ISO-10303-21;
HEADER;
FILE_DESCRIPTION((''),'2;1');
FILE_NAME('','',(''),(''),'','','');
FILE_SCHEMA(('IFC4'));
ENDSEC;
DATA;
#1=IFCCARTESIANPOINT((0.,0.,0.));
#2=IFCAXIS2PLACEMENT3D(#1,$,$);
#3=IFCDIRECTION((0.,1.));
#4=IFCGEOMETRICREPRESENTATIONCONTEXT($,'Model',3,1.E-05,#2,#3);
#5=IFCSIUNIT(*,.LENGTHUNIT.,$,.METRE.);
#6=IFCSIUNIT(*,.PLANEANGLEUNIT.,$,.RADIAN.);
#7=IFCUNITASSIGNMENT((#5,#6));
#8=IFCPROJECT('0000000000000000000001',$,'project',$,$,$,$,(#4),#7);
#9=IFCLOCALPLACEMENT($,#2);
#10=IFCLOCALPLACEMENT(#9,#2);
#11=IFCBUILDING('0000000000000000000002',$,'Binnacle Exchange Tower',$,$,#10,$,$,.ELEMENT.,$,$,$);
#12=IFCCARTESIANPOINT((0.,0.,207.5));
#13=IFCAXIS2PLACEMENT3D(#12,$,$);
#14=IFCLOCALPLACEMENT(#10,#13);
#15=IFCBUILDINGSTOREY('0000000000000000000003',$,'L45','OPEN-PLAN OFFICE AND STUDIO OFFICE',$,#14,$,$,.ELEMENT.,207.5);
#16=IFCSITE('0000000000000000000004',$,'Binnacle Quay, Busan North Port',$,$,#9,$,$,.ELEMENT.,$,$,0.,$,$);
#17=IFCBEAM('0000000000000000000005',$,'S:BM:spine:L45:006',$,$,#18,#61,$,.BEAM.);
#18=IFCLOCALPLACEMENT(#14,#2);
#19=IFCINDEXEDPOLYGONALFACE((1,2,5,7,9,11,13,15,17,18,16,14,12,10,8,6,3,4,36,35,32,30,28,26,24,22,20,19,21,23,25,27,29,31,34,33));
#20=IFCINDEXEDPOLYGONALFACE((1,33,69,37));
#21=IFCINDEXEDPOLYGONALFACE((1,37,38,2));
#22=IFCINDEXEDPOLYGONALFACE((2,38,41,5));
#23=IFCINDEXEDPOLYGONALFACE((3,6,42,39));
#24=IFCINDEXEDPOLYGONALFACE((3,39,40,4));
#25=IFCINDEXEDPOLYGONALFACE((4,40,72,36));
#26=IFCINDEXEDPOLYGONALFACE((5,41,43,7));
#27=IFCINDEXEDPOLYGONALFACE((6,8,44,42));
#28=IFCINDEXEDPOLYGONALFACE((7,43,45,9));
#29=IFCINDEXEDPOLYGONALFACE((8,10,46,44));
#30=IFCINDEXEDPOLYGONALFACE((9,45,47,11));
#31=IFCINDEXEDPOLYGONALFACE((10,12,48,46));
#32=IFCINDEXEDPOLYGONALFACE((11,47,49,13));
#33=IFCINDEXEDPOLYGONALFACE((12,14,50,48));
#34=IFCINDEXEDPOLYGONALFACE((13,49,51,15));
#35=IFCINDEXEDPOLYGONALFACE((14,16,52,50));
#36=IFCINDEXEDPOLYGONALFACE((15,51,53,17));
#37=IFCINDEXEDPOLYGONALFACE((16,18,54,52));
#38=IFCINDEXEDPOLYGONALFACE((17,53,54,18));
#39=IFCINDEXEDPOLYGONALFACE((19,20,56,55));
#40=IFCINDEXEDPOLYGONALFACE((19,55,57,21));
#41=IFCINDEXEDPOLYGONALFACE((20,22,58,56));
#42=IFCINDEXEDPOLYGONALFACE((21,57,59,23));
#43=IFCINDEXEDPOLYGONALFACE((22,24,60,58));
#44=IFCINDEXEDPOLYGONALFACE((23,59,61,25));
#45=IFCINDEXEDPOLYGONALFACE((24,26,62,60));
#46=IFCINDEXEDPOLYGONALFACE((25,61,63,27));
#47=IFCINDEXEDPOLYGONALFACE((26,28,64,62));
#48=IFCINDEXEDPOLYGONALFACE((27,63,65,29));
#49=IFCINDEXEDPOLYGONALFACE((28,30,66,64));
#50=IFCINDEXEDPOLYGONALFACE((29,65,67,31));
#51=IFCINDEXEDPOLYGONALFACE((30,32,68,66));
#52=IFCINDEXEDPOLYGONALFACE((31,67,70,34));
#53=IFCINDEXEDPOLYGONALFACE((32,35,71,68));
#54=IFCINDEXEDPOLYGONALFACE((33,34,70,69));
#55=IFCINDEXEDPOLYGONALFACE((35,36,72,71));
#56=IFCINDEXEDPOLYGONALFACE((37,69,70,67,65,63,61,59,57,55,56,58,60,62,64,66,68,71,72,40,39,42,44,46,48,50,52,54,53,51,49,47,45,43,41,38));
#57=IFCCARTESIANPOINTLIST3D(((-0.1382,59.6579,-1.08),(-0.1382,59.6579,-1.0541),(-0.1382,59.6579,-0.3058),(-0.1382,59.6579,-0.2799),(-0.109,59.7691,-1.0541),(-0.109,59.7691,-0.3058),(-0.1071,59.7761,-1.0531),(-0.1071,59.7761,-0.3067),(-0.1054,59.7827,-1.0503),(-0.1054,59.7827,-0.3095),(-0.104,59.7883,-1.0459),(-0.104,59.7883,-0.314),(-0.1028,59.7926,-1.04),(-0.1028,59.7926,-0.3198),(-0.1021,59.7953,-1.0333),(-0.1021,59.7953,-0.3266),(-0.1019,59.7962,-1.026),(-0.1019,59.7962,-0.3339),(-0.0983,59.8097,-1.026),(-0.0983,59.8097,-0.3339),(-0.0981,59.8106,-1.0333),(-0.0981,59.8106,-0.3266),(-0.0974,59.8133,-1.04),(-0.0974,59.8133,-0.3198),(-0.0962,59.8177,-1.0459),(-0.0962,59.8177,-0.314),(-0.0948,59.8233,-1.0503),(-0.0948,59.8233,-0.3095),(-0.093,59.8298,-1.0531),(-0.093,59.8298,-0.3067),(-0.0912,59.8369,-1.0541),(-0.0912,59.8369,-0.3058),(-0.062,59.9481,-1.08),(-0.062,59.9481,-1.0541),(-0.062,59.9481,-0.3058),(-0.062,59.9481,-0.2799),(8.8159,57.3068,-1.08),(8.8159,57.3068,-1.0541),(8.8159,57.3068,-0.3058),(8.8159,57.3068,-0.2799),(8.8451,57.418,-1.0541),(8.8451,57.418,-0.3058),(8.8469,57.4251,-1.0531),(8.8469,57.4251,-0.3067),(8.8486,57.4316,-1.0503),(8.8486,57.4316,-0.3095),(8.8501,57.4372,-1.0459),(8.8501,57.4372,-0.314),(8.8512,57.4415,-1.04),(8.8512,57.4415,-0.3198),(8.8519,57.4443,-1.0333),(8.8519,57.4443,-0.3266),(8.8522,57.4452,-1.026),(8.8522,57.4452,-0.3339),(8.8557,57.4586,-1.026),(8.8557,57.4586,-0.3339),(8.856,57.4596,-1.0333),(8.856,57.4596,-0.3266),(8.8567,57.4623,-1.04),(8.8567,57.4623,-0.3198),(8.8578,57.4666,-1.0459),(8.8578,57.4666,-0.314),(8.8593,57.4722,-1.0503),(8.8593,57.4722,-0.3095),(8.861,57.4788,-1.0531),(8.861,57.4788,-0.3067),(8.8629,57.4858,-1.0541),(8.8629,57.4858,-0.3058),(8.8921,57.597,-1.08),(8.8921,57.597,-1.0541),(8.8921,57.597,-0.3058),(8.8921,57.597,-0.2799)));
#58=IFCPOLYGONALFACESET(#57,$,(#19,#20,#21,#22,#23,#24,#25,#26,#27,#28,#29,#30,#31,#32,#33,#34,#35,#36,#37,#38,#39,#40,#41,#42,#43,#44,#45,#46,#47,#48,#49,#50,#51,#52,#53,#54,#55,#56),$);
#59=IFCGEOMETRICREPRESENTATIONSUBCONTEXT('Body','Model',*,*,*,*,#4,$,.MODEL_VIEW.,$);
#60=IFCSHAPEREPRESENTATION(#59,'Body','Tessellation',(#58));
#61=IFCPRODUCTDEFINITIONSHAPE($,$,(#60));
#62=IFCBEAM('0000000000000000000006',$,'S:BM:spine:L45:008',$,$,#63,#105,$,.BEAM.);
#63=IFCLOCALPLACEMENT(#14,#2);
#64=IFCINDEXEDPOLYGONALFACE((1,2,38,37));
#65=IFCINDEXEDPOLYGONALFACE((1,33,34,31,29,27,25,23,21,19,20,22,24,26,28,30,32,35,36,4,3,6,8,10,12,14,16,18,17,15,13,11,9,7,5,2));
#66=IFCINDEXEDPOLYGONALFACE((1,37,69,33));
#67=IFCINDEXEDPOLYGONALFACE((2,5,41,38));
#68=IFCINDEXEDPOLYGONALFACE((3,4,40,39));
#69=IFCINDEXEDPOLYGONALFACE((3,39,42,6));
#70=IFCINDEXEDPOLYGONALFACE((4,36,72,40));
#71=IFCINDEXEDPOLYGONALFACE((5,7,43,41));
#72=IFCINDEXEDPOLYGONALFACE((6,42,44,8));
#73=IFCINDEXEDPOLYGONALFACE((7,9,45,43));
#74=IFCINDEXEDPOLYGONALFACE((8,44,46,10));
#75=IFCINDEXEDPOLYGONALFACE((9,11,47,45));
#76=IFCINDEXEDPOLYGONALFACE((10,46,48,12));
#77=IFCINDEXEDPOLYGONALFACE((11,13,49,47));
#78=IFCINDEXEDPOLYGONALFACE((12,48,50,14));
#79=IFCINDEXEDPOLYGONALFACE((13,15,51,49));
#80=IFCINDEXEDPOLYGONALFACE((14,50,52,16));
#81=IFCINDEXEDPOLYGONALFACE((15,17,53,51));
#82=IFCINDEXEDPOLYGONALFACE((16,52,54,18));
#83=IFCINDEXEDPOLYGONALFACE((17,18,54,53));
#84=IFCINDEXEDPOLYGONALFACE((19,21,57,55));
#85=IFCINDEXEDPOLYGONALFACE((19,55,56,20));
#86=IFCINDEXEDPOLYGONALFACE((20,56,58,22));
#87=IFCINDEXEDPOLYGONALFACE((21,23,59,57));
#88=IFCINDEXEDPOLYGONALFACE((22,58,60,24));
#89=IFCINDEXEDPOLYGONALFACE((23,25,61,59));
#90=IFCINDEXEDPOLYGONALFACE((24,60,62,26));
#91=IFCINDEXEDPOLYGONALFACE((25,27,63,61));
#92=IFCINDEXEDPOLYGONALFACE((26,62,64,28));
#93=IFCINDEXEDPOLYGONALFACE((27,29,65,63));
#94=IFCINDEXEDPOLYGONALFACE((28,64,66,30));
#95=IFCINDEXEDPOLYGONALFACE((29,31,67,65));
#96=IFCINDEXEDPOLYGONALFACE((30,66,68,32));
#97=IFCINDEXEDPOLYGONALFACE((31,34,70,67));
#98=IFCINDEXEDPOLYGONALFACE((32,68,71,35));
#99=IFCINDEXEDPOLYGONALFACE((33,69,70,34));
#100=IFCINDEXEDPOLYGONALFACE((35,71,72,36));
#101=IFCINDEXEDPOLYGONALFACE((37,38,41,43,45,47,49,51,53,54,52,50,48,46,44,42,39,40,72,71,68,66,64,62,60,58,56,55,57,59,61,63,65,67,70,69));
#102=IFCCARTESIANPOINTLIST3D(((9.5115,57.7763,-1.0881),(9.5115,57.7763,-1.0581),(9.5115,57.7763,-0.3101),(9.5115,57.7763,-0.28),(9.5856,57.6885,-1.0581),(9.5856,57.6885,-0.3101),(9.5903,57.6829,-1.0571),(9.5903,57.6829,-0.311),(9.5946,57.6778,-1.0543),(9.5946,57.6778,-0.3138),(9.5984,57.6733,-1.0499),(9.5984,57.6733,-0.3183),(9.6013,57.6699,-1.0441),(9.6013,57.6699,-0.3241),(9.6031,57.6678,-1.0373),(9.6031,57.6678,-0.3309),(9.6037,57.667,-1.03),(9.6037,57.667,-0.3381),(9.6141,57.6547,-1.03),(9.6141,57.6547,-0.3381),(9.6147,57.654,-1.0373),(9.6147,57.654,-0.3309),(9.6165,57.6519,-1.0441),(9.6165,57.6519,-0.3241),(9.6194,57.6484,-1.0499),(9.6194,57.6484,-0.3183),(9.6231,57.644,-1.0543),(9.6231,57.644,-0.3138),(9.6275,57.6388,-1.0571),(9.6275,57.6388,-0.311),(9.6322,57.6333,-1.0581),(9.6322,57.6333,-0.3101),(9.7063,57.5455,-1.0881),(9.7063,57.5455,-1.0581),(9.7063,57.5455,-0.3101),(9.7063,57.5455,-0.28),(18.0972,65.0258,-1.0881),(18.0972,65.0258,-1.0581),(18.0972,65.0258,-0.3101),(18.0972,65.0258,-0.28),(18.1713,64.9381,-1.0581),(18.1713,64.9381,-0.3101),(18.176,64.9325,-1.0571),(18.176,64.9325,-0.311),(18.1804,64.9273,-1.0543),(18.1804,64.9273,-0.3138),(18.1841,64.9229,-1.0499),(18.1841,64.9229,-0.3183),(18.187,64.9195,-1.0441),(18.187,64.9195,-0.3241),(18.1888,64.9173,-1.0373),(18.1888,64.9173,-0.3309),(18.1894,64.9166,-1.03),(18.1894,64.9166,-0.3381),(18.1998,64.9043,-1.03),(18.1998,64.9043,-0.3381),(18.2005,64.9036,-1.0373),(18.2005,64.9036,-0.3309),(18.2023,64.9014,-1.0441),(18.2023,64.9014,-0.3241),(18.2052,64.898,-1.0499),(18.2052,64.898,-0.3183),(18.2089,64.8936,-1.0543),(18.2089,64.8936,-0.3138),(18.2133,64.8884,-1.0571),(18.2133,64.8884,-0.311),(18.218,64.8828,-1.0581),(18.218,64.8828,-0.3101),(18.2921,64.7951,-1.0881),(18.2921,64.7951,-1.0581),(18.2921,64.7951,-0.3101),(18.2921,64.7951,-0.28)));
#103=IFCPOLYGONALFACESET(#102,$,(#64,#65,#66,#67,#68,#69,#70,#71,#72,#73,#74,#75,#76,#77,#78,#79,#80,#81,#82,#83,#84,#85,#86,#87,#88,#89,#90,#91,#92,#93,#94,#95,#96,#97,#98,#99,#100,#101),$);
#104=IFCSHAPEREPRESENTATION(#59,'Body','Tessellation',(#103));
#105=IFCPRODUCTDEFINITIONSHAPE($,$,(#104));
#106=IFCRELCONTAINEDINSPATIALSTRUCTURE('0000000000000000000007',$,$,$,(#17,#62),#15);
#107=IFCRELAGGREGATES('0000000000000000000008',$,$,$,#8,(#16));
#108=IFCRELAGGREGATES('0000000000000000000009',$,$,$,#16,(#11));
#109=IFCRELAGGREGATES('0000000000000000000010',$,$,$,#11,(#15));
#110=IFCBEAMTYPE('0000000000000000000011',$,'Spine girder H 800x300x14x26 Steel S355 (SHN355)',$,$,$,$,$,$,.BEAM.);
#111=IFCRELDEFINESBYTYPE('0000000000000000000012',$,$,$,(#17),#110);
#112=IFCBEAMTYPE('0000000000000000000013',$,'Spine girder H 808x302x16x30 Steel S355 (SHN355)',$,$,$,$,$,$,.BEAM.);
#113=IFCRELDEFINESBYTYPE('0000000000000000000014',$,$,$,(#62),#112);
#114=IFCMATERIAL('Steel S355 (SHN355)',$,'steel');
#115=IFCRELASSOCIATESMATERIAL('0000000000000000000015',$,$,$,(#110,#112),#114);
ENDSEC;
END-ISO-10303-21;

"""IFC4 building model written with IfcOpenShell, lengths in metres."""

from ifc_helpers import new_model, si_unit, direction, frame, origin, origin_2d, place, context, subcontext, project, spatial, i_section, extrude, material, material_profile, profile_set, type_object, element, save


model = new_model("IFC4")

# Units and contexts
model_context = context("Model", 3, precision=1e-05, world=origin(), true_north=direction((0.0, 1.0)))
body_context = subcontext(model_context, "Body", "Model", "MODEL_VIEW")
ifc_project = project(units=[si_unit("LENGTHUNIT", "METRE"), si_unit("PLANEANGLEUNIT", "RADIAN")], contexts=[model_context])

# Site, building, storey
site_placement = place(None, origin())
site = spatial("IfcSite", under=ifc_project, at=site_placement, Name="Binnacle Quay, Busan North Port", CompositionType="ELEMENT", RefElevation=0.0)
building_placement = place(site_placement, origin())
building = spatial("IfcBuilding", under=site, at=building_placement, Name="Binnacle Exchange Tower", CompositionType="ELEMENT")
storey_placement = place(building_placement, frame((0.0, 0.0, 207.5)))
storey = spatial("IfcBuildingStorey", under=building, at=storey_placement, Name="L45", Description="OPEN-PLAN OFFICE AND STUDIO OFFICE", CompositionType="ELEMENT", Elevation=207.5)

# Beams
ifc_material_1 = material(Name="Steel S355 (SHN355)", Category="steel")
ifc_material_profile_1 = material_profile(ifc_material_1, i_section(OverallWidth=0.3, OverallDepth=0.8, WebThickness=0.0139, FlangeThickness=0.0259, FilletRadius=0.0281, at=origin_2d()), Name="H 800x300x14x26")
ifc_profile_set_1 = profile_set([ifc_material_profile_1], Name="Steel S355 (SHN355)")
beam_type_1 = type_object("IfcBeamType", Name="Spine girder H 800x300x14x26 Steel S355 (SHN355)", PredefinedType="BEAM", material=ifc_profile_set_1)
beam_1_placement = place(storey_placement, frame((-0.1001, 59.803, -0.6799), z_axis=(0.967214, -0.253961, 0.0), x_axis=(0.253961, 0.967214, 0.0)))
element("IfcBeam", 1, at=beam_1_placement, inside=storey, type_object=beam_type_1, Name="S:BM:spine:L45:006", PredefinedType="BEAM", context=body_context, shape_type="SweptSolid", body=[
    extrude(i_section(OverallWidth=0.3, OverallDepth=0.8, WebThickness=0.0139, FlangeThickness=0.0259, FilletRadius=0.0281, at=origin_2d()), origin(), (0.0, 0.0, 1.0), 9.2576),
])
ifc_material_profile_2 = material_profile(ifc_material_1, i_section(OverallWidth=0.302, OverallDepth=0.8081, WebThickness=0.0161, FlangeThickness=0.03, FilletRadius=0.0281, at=origin_2d()), Name="H 808x302x16x30")
ifc_profile_set_2 = profile_set([ifc_material_profile_2], Name="Steel S355 (SHN355)")
beam_type_2 = type_object("IfcBeamType", Name="Spine girder H 808x302x16x30 Steel S355 (SHN355)", PredefinedType="BEAM", material=ifc_profile_set_2)
beam_2_placement = place(storey_placement, frame((9.6089, 57.6609, -0.6841), z_axis=(0.764058, 0.645148, 0.0), x_axis=(-0.645148, 0.764058, 0.0)))
element("IfcBeam", 2, at=beam_2_placement, inside=storey, type_object=beam_type_2, Name="S:BM:spine:L45:008", PredefinedType="BEAM", context=body_context, shape_type="SweptSolid", body=[
    extrude(i_section(OverallWidth=0.302, OverallDepth=0.8081, WebThickness=0.0161, FlangeThickness=0.03, FilletRadius=0.0281, at=origin_2d()), origin(), (0.0, 0.0, 1.0), 11.2371),
])

save(model, "model.ifc")
